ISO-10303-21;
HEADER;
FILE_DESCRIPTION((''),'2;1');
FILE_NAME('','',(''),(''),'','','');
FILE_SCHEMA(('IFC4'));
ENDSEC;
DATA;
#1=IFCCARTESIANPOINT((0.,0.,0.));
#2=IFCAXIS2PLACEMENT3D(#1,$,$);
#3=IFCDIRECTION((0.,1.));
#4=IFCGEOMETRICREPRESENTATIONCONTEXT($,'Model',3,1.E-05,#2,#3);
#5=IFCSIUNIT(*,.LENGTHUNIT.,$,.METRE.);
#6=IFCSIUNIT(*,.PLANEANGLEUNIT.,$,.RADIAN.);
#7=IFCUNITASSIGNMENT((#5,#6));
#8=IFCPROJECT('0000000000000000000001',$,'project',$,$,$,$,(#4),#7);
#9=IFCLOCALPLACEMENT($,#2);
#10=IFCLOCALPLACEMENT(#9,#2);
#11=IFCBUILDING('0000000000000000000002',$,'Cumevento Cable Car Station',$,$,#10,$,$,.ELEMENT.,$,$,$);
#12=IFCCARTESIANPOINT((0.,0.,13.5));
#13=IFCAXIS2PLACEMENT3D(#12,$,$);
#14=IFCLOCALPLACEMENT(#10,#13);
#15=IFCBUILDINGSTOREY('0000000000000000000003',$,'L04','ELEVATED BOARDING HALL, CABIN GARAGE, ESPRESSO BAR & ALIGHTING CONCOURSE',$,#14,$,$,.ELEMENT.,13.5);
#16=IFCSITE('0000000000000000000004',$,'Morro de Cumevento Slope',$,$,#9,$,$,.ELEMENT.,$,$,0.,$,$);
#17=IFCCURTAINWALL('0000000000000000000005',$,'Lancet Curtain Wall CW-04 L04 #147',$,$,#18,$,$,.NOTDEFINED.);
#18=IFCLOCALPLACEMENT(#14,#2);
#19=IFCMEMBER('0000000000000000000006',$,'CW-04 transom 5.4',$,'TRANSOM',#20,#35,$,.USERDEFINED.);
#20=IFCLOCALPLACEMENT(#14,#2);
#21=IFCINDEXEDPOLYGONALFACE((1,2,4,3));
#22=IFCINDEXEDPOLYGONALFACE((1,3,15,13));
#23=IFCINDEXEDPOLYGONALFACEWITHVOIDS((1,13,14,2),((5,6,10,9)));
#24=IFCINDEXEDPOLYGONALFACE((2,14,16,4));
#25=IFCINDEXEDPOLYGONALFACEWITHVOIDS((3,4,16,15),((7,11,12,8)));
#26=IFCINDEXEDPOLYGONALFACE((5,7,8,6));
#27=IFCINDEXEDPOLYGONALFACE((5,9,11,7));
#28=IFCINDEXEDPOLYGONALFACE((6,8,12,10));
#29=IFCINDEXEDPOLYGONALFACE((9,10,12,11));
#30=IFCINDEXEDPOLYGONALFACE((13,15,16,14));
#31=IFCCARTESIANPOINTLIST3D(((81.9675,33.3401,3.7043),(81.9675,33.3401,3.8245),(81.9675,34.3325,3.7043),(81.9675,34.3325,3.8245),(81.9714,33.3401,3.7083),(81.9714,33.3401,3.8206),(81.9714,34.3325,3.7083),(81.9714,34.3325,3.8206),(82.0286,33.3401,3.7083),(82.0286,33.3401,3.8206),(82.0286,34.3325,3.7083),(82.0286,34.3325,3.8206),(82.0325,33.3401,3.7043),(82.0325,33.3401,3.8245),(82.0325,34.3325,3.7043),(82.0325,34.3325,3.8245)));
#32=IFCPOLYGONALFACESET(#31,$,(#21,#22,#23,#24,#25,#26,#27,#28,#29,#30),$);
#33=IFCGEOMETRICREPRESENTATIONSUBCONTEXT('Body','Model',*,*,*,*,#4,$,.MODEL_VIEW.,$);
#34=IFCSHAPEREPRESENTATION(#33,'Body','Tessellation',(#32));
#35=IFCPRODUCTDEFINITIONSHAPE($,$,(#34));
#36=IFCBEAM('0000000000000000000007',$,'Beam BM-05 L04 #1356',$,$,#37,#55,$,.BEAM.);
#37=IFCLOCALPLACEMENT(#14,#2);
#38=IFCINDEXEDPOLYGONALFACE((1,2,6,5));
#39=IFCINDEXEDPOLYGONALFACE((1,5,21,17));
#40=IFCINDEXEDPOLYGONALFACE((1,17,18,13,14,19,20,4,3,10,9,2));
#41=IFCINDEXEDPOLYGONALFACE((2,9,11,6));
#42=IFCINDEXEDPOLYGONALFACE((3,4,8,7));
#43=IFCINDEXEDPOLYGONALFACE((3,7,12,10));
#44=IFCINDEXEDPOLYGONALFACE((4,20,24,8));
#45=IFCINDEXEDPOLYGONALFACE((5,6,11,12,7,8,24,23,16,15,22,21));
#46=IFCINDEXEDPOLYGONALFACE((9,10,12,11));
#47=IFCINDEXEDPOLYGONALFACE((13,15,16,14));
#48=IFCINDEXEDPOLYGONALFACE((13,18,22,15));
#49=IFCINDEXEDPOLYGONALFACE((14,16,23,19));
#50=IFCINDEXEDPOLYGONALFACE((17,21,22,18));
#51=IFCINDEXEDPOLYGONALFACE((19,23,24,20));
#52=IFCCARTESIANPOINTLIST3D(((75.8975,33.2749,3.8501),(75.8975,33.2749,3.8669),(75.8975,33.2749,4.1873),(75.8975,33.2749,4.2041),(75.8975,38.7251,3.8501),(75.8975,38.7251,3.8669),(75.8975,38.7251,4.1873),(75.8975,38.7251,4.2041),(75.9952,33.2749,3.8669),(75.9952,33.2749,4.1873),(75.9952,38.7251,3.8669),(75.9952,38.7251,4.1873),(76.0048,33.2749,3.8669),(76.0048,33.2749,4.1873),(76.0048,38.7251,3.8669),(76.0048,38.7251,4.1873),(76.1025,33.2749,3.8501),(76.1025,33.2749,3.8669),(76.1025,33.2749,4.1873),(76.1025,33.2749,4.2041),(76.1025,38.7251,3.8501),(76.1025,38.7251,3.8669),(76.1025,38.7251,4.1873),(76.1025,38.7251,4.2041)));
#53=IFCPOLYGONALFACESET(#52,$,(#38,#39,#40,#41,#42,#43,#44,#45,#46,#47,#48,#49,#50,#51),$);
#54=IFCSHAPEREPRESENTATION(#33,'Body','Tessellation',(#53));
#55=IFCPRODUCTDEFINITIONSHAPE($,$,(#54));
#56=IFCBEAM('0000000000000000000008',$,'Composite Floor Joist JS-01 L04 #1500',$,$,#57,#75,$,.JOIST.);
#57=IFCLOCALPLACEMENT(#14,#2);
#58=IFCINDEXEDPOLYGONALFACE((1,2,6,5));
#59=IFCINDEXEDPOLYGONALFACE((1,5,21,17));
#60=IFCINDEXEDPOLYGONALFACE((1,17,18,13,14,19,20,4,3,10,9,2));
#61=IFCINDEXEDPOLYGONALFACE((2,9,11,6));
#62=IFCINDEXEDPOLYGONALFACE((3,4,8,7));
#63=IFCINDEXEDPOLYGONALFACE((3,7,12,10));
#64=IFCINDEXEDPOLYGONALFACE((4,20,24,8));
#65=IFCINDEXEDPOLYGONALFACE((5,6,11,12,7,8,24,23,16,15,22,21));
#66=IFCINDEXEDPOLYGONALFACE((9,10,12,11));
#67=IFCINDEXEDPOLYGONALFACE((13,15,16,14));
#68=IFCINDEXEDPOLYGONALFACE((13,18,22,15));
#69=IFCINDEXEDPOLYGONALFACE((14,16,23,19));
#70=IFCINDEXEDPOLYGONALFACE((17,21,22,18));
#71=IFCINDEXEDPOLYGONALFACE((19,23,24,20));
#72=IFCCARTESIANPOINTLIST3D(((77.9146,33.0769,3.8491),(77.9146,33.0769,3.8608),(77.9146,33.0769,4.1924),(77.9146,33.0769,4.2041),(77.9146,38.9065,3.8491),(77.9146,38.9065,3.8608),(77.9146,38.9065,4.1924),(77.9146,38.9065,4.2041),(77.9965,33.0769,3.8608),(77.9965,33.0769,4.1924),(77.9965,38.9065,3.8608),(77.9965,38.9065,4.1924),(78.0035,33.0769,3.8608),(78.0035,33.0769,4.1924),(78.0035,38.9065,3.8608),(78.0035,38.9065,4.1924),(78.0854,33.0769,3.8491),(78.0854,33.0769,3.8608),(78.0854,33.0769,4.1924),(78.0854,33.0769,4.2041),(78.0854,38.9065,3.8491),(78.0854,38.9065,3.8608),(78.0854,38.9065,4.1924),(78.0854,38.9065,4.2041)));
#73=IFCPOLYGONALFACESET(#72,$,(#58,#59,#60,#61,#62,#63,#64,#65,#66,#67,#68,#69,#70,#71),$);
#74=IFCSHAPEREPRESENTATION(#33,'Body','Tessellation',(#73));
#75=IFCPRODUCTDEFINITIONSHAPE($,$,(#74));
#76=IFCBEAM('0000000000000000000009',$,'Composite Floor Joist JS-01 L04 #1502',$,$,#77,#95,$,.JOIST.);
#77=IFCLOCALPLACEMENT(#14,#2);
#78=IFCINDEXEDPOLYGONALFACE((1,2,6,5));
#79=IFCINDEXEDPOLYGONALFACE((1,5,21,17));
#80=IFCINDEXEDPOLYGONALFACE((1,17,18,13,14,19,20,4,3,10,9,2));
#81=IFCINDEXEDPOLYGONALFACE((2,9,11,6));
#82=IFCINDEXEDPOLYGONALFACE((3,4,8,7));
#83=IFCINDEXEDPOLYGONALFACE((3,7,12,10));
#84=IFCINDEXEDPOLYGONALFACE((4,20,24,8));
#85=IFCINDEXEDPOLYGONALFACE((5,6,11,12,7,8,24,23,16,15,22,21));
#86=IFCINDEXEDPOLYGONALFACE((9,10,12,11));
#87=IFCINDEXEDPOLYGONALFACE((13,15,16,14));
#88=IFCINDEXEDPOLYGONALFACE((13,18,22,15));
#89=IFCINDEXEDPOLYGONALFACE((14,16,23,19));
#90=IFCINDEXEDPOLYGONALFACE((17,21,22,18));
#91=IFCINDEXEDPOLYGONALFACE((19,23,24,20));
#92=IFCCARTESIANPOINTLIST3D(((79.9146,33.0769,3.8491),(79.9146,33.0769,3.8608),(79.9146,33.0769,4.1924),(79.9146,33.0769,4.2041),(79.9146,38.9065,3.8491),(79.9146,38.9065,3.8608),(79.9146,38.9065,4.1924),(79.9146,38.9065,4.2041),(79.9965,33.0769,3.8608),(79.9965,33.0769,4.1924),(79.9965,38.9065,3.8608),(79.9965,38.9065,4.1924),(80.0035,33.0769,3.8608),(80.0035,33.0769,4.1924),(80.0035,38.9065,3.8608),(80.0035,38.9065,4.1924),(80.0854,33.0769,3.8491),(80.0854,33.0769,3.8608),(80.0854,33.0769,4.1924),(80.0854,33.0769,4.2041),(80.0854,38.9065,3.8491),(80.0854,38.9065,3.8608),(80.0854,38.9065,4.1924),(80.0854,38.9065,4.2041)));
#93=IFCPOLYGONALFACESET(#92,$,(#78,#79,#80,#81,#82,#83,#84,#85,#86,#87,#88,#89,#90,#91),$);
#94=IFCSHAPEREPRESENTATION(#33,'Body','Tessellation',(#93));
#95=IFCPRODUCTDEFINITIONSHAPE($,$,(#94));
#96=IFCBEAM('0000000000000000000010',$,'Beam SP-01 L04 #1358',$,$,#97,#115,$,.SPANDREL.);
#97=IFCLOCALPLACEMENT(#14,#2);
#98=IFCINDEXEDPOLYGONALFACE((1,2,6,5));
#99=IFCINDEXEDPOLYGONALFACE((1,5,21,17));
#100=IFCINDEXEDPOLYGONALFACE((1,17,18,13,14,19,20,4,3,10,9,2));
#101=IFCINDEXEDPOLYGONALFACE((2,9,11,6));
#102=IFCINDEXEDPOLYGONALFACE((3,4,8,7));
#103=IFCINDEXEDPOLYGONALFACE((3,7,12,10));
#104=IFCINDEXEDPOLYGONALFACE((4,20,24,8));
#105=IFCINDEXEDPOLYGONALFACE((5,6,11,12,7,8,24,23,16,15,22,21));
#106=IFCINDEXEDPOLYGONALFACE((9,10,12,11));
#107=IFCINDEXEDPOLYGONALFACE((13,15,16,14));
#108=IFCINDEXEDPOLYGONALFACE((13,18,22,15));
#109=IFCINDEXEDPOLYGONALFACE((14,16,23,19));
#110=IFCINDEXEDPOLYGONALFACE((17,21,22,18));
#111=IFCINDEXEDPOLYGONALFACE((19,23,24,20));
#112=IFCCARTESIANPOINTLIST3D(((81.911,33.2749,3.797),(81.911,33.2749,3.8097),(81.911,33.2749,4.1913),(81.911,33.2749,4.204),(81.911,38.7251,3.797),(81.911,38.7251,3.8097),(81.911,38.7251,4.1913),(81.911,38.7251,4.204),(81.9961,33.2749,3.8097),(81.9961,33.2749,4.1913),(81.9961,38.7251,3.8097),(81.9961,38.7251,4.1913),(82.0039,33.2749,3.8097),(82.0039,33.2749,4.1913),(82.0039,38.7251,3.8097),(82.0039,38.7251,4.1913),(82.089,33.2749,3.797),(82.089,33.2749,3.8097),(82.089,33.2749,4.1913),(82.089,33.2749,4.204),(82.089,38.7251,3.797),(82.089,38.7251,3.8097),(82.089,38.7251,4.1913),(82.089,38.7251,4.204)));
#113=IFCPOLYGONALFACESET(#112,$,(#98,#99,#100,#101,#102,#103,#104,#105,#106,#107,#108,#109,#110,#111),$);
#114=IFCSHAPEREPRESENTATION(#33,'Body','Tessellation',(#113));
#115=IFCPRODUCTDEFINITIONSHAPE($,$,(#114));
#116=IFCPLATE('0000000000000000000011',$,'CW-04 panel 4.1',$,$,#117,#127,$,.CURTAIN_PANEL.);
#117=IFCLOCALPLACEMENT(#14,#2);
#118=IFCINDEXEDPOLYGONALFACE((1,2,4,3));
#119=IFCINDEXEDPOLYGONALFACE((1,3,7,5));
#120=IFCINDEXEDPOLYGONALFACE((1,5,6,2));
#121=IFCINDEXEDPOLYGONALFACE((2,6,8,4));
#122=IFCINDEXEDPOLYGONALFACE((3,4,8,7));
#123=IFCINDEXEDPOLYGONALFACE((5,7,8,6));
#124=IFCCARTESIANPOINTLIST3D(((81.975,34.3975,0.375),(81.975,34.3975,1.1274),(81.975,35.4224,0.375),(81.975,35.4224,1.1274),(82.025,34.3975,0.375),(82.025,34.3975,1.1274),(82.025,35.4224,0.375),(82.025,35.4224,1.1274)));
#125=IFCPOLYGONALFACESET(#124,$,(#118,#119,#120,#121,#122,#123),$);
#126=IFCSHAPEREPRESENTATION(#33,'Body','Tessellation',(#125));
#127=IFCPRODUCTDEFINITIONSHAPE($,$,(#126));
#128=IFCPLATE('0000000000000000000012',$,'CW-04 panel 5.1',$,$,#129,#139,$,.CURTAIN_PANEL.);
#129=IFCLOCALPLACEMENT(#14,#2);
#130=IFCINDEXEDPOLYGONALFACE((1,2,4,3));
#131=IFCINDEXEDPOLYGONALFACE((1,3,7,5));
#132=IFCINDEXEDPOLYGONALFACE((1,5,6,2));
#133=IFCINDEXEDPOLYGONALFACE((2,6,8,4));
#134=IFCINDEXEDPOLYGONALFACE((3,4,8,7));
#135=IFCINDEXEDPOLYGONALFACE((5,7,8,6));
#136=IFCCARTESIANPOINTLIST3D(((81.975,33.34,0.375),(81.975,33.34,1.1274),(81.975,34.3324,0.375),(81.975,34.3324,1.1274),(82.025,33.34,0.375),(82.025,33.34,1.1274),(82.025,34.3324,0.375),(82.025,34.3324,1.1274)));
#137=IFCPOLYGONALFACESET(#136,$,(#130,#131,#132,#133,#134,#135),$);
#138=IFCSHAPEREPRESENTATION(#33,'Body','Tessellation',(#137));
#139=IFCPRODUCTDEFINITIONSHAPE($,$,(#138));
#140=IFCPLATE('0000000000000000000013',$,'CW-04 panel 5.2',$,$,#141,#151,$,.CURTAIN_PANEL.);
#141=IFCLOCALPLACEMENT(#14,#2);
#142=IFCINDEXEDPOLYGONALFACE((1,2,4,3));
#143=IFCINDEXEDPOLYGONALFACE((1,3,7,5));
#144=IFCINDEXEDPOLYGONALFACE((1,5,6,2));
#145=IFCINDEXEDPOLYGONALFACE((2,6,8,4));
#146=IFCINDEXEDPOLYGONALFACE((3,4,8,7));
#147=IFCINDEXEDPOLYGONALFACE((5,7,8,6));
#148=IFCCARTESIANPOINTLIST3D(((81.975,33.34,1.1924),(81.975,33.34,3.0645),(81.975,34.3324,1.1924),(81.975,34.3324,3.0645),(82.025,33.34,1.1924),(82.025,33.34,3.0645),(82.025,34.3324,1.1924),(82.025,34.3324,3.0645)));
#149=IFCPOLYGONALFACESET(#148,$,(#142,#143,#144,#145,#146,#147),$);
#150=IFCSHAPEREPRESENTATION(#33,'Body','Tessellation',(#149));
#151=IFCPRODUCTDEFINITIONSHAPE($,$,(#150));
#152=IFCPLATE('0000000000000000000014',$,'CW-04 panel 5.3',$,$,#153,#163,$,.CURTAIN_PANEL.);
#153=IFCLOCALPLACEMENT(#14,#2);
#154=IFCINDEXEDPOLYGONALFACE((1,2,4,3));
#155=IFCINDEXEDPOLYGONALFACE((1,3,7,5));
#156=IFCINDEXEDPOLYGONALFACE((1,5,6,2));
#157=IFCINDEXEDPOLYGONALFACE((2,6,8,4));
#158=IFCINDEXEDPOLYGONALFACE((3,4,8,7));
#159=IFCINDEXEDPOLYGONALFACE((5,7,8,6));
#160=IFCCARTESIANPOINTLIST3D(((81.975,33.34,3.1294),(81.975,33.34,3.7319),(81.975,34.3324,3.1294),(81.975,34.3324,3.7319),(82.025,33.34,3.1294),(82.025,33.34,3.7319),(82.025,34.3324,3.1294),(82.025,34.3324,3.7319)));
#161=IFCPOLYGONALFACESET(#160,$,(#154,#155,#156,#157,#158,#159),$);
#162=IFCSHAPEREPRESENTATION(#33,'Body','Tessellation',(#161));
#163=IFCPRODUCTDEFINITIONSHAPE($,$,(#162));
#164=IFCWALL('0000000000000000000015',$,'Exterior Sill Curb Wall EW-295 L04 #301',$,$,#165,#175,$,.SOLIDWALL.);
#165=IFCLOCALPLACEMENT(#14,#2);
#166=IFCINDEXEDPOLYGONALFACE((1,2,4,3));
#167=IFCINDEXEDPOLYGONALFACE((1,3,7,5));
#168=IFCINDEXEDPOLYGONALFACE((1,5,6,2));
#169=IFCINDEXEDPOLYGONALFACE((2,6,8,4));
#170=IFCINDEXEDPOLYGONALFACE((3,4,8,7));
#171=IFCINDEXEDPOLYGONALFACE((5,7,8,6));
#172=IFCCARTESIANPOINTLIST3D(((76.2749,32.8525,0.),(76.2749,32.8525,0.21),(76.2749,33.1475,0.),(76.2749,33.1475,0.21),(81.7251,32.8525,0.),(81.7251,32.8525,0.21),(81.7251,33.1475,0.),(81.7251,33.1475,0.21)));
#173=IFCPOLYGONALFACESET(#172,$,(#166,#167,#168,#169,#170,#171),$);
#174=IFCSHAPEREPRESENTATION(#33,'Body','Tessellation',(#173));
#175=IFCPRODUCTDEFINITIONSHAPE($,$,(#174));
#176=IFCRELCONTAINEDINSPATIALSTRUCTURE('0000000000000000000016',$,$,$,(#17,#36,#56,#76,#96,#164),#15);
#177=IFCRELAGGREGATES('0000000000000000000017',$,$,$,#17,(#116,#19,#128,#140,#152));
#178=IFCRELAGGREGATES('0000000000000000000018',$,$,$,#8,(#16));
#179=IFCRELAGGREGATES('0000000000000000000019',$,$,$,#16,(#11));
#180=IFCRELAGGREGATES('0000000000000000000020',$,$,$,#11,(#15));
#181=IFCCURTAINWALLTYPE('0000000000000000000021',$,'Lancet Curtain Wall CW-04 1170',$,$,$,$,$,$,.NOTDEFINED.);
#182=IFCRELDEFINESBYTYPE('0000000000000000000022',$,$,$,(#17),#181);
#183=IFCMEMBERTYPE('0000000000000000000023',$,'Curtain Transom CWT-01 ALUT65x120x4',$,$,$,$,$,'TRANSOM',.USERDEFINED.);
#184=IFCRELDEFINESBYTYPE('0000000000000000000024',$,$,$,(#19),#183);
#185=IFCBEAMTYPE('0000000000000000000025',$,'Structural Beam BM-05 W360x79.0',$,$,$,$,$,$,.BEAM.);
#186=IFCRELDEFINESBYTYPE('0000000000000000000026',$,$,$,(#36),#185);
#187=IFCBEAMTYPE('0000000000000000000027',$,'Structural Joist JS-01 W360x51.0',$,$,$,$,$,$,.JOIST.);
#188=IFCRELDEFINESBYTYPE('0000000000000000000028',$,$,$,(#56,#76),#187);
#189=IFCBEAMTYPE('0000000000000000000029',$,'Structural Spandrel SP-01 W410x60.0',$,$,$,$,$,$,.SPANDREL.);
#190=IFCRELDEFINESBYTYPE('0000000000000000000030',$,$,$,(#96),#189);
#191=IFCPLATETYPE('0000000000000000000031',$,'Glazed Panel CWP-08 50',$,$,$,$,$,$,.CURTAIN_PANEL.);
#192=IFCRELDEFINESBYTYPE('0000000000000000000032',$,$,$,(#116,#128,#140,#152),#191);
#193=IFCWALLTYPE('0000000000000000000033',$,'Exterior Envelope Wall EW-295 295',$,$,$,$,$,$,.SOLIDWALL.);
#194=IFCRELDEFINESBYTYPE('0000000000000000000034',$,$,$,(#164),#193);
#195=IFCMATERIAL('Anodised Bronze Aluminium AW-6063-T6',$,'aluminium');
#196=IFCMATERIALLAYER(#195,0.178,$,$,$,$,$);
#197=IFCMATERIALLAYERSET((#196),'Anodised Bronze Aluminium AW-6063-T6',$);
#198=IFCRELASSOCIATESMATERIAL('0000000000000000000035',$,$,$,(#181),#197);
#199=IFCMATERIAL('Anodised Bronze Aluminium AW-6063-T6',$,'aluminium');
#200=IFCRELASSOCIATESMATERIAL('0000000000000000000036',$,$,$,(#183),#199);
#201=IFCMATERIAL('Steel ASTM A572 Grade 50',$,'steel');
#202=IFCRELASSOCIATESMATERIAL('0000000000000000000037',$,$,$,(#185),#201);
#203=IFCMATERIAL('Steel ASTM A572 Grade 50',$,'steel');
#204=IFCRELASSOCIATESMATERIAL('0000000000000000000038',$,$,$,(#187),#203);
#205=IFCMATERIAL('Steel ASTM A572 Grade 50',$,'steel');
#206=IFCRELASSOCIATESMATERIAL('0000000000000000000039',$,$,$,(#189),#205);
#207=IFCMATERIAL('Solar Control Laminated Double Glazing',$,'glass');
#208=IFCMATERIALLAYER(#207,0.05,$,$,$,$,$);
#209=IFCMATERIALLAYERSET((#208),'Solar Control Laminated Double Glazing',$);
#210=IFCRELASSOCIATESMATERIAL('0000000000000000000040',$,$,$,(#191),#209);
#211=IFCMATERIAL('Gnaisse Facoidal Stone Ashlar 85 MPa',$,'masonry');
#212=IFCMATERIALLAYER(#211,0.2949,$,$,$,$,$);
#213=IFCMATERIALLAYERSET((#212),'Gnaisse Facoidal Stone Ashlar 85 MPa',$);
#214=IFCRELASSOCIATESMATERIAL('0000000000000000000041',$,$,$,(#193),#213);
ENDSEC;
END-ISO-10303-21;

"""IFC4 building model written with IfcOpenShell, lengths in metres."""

from ifc_helpers import new_model, si_unit, direction, frame, frame_2d, origin, origin_2d, place, context, subcontext, project, spatial, rectangle, hollow_rectangle, i_section, extrude, material, layer, layer_set, material_profile, profile_set, type_object, element, aggregate, save


model = new_model("IFC4")

# Units and contexts
model_context = context("Model", 3, precision=1e-05, world=origin(), true_north=direction((0.0, 1.0)))
body_context = subcontext(model_context, "Body", "Model", "MODEL_VIEW")
ifc_project = project(units=[si_unit("LENGTHUNIT", "METRE"), si_unit("PLANEANGLEUNIT", "RADIAN")], contexts=[model_context])

# Site, building, storey
site_placement = place(None, origin())
site = spatial("IfcSite", under=ifc_project, at=site_placement, Name="Morro de Cumevento Slope", CompositionType="ELEMENT", RefElevation=0.0)
building_placement = place(site_placement, origin())
building = spatial("IfcBuilding", under=site, at=building_placement, Name="Cumevento Cable Car Station", CompositionType="ELEMENT")
storey_placement = place(building_placement, frame((0.0, 0.0, 13.5)))
storey = spatial("IfcBuildingStorey", under=building, at=storey_placement, Name="L04", Description="ELEVATED BOARDING HALL, CABIN GARAGE, ESPRESSO BAR & ALIGHTING CONCOURSE", CompositionType="ELEMENT", Elevation=13.5)

# Curtain wall
ifc_material_1 = material(Name="Anodised Bronze Aluminium AW-6063-T6", Category="aluminium")
ifc_layer_1 = layer(ifc_material_1, 0.178)
ifc_layer_set_1 = layer_set([ifc_layer_1], Name="Anodised Bronze Aluminium AW-6063-T6")
curtain_wall_type_1 = type_object("IfcCurtainWallType", Name="Lancet Curtain Wall CW-04 1170", PredefinedType="NOTDEFINED", material=ifc_layer_set_1)
curtain_wall_1_placement = place(storey_placement, origin())
curtain_wall_1 = element("IfcCurtainWall", 1, at=curtain_wall_1_placement, inside=storey, type_object=curtain_wall_type_1, Name="Lancet Curtain Wall CW-04 L04 #147", PredefinedType="NOTDEFINED")

# Member
ifc_material_2 = material(Name="Anodised Bronze Aluminium AW-6063-T6", Category="aluminium")
ifc_material_profile_1 = material_profile(ifc_material_2, hollow_rectangle(XDim=0.0649, YDim=0.1201, WallThickness=0.0039, at=origin_2d()), Name="ALUT65x120x4")
ifc_profile_set_1 = profile_set([ifc_material_profile_1], Name="Anodised Bronze Aluminium AW-6063-T6")
member_type_1 = type_object("IfcMemberType", Name="Curtain Transom CWT-01 ALUT65x120x4", ElementType="TRANSOM", PredefinedType="USERDEFINED", material=ifc_profile_set_1)
member_1_placement = place(storey_placement, frame((82.0, 34.3325, 3.7644), z_axis=(0.0, -1.0, 0.0), x_axis=(1.0, 0.0, 0.0)))
member_1 = element("IfcMember", 2, at=member_1_placement, type_object=member_type_1, Name="CW-04 transom 5.4", ObjectType="TRANSOM", PredefinedType="USERDEFINED", context=body_context, shape_type="SweptSolid", body=[
    extrude(hollow_rectangle(XDim=0.0649, YDim=0.1201, WallThickness=0.0039, at=origin_2d()), origin(), (0.0, 0.0, 1.0), 0.9924),
])

# Beams
ifc_material_3 = material(Name="Steel ASTM A572 Grade 50", Category="steel")
ifc_material_profile_2 = material_profile(ifc_material_3, i_section(OverallWidth=0.2051, OverallDepth=0.354, WebThickness=0.0095, FlangeThickness=0.0168, at=origin_2d()), Name="W360x79.0")
ifc_profile_set_2 = profile_set([ifc_material_profile_2], Name="Steel ASTM A572 Grade 50")
beam_type_1 = type_object("IfcBeamType", Name="Structural Beam BM-05 W360x79.0", PredefinedType="BEAM", material=ifc_profile_set_2)
beam_1_placement = place(storey_placement, frame((76.0, 33.2749, 4.0271), z_axis=(0.0, 1.0, 0.0), x_axis=(-1.0, 0.0, 0.0)))
element("IfcBeam", 3, at=beam_1_placement, inside=storey, type_object=beam_type_1, Name="Beam BM-05 L04 #1356", PredefinedType="BEAM", context=body_context, shape_type="SweptSolid", body=[
    extrude(i_section(OverallWidth=0.2051, OverallDepth=0.354, WebThickness=0.0095, FlangeThickness=0.0168, at=origin_2d()), origin(), (0.0, 0.0, 1.0), 5.4502),
])
ifc_material_4 = material(Name="Steel ASTM A572 Grade 50", Category="steel")
ifc_material_profile_3 = material_profile(ifc_material_4, i_section(OverallWidth=0.1709, OverallDepth=0.355, WebThickness=0.0071, FlangeThickness=0.0117, at=origin_2d()), Name="W360x51.0")
ifc_profile_set_3 = profile_set([ifc_material_profile_3], Name="Steel ASTM A572 Grade 50")
beam_type_2 = type_object("IfcBeamType", Name="Structural Joist JS-01 W360x51.0", PredefinedType="JOIST", material=ifc_profile_set_3)
for number, where, z_axis, x_axis, name in (
    (4, (78.0, 33.0769, 4.0266), (0.0, 1.0, 0.0), (-1.0, 0.0, 0.0), "Composite Floor Joist JS-01 L04 #1500"),
    (5, (80.0, 33.0769, 4.0266), (0.0, 1.0, 0.0), (-1.0, 0.0, 0.0), "Composite Floor Joist JS-01 L04 #1502"),
):
    element("IfcBeam", number, at=place(storey_placement, frame(where, z_axis=z_axis, x_axis=x_axis)), inside=storey, type_object=beam_type_2, Name=name, PredefinedType="JOIST", context=body_context, shape_type="SweptSolid", body=[
        extrude(i_section(OverallWidth=0.1709, OverallDepth=0.355, WebThickness=0.0071, FlangeThickness=0.0117, at=origin_2d()), origin(), (0.0, 0.0, 1.0), 5.8296),
    ])
ifc_material_5 = material(Name="Steel ASTM A572 Grade 50", Category="steel")
ifc_material_profile_4 = material_profile(ifc_material_5, i_section(OverallWidth=0.178, OverallDepth=0.407, WebThickness=0.0078, FlangeThickness=0.0127, at=origin_2d()), Name="W410x60.0")
ifc_profile_set_4 = profile_set([ifc_material_profile_4], Name="Steel ASTM A572 Grade 50")
beam_type_3 = type_object("IfcBeamType", Name="Structural Spandrel SP-01 W410x60.0", PredefinedType="SPANDREL", material=ifc_profile_set_4)
beam_2_placement = place(storey_placement, frame((82.0, 33.2749, 4.0005), z_axis=(0.0, 1.0, 0.0), x_axis=(-1.0, 0.0, 0.0)))
element("IfcBeam", 6, at=beam_2_placement, inside=storey, type_object=beam_type_3, Name="Beam SP-01 L04 #1358", PredefinedType="SPANDREL", context=body_context, shape_type="SweptSolid", body=[
    extrude(i_section(OverallWidth=0.178, OverallDepth=0.407, WebThickness=0.0078, FlangeThickness=0.0127, at=origin_2d()), origin(), (0.0, 0.0, 1.0), 5.4502),
])

# Plates
ifc_material_6 = material(Name="Solar Control Laminated Double Glazing", Category="glass")
ifc_layer_2 = layer(ifc_material_6, 0.05)
ifc_layer_set_2 = layer_set([ifc_layer_2], Name="Solar Control Laminated Double Glazing")
plate_type = type_object("IfcPlateType", Name="Glazed Panel CWP-08 50", PredefinedType="CURTAIN_PANEL", material=ifc_layer_set_2)
plate_1_placement = place(storey_placement, frame((82.0, 34.9099, 0.375), z_axis=(0.0, 0.0, 1.0), x_axis=(0.0, -1.0, 0.0)))
plate_1 = element("IfcPlate", 7, at=plate_1_placement, type_object=plate_type, Name="CW-04 panel 4.1", PredefinedType="CURTAIN_PANEL", context=body_context, shape_type="SweptSolid", body=[
    extrude(rectangle(XDim=1.0249, YDim=0.05, at=origin_2d()), origin(), (0.0, 0.0, 1.0), 0.7524),
])
plate_2_placement = place(storey_placement, frame((82.0, 33.8362, 0.375), z_axis=(0.0, 0.0, 1.0), x_axis=(0.0, -1.0, 0.0)))
plate_2 = element("IfcPlate", 8, at=plate_2_placement, type_object=plate_type, Name="CW-04 panel 5.1", PredefinedType="CURTAIN_PANEL", context=body_context, shape_type="SweptSolid", body=[
    extrude(rectangle(XDim=0.9924, YDim=0.05, at=origin_2d()), origin(), (0.0, 0.0, 1.0), 0.7524),
])
plate_3_placement = place(storey_placement, frame((82.0, 33.8362, 1.1924), z_axis=(0.0, 0.0, 1.0), x_axis=(0.0, -1.0, 0.0)))
plate_3 = element("IfcPlate", 9, at=plate_3_placement, type_object=plate_type, Name="CW-04 panel 5.2", PredefinedType="CURTAIN_PANEL", context=body_context, shape_type="SweptSolid", body=[
    extrude(rectangle(XDim=0.9924, YDim=0.05, at=origin_2d()), origin(), (0.0, 0.0, 1.0), 1.8721),
])
plate_4_placement = place(storey_placement, frame((82.0, 33.8362, 3.1294), z_axis=(0.0, 0.0, 1.0), x_axis=(0.0, -1.0, 0.0)))
plate_4 = element("IfcPlate", 10, at=plate_4_placement, type_object=plate_type, Name="CW-04 panel 5.3", PredefinedType="CURTAIN_PANEL", context=body_context, shape_type="SweptSolid", body=[
    extrude(rectangle(XDim=0.9924, YDim=0.05, at=origin_2d()), origin(), (0.0, 0.0, 1.0), 0.6025),
])
aggregate(curtain_wall_1, [plate_1, member_1, plate_2, plate_3, plate_4])

# Wall
ifc_material_7 = material(Name="Gnaisse Facoidal Stone Ashlar 85 MPa", Category="masonry")
ifc_layer_3 = layer(ifc_material_7, 0.2949)
ifc_layer_set_3 = layer_set([ifc_layer_3], Name="Gnaisse Facoidal Stone Ashlar 85 MPa")
wall_type = type_object("IfcWallType", Name="Exterior Envelope Wall EW-295 295", PredefinedType="SOLIDWALL", material=ifc_layer_set_3)
wall_placement = place(storey_placement, frame((81.7251, 33.0, 0.0), z_axis=(0.0, 0.0, 1.0), x_axis=(-1.0, 0.0, 0.0)))
element("IfcWall", 11, at=wall_placement, inside=storey, type_object=wall_type, Name="Exterior Sill Curb Wall EW-295 L04 #301", PredefinedType="SOLIDWALL", context=body_context, shape_type="SweptSolid", body=[
    extrude(rectangle(XDim=5.4502, YDim=0.2949, at=frame_2d((2.7251, 0.0))), origin(), (0.0, 0.0, 1.0), 0.21),
])

save(model, "model.ifc")
